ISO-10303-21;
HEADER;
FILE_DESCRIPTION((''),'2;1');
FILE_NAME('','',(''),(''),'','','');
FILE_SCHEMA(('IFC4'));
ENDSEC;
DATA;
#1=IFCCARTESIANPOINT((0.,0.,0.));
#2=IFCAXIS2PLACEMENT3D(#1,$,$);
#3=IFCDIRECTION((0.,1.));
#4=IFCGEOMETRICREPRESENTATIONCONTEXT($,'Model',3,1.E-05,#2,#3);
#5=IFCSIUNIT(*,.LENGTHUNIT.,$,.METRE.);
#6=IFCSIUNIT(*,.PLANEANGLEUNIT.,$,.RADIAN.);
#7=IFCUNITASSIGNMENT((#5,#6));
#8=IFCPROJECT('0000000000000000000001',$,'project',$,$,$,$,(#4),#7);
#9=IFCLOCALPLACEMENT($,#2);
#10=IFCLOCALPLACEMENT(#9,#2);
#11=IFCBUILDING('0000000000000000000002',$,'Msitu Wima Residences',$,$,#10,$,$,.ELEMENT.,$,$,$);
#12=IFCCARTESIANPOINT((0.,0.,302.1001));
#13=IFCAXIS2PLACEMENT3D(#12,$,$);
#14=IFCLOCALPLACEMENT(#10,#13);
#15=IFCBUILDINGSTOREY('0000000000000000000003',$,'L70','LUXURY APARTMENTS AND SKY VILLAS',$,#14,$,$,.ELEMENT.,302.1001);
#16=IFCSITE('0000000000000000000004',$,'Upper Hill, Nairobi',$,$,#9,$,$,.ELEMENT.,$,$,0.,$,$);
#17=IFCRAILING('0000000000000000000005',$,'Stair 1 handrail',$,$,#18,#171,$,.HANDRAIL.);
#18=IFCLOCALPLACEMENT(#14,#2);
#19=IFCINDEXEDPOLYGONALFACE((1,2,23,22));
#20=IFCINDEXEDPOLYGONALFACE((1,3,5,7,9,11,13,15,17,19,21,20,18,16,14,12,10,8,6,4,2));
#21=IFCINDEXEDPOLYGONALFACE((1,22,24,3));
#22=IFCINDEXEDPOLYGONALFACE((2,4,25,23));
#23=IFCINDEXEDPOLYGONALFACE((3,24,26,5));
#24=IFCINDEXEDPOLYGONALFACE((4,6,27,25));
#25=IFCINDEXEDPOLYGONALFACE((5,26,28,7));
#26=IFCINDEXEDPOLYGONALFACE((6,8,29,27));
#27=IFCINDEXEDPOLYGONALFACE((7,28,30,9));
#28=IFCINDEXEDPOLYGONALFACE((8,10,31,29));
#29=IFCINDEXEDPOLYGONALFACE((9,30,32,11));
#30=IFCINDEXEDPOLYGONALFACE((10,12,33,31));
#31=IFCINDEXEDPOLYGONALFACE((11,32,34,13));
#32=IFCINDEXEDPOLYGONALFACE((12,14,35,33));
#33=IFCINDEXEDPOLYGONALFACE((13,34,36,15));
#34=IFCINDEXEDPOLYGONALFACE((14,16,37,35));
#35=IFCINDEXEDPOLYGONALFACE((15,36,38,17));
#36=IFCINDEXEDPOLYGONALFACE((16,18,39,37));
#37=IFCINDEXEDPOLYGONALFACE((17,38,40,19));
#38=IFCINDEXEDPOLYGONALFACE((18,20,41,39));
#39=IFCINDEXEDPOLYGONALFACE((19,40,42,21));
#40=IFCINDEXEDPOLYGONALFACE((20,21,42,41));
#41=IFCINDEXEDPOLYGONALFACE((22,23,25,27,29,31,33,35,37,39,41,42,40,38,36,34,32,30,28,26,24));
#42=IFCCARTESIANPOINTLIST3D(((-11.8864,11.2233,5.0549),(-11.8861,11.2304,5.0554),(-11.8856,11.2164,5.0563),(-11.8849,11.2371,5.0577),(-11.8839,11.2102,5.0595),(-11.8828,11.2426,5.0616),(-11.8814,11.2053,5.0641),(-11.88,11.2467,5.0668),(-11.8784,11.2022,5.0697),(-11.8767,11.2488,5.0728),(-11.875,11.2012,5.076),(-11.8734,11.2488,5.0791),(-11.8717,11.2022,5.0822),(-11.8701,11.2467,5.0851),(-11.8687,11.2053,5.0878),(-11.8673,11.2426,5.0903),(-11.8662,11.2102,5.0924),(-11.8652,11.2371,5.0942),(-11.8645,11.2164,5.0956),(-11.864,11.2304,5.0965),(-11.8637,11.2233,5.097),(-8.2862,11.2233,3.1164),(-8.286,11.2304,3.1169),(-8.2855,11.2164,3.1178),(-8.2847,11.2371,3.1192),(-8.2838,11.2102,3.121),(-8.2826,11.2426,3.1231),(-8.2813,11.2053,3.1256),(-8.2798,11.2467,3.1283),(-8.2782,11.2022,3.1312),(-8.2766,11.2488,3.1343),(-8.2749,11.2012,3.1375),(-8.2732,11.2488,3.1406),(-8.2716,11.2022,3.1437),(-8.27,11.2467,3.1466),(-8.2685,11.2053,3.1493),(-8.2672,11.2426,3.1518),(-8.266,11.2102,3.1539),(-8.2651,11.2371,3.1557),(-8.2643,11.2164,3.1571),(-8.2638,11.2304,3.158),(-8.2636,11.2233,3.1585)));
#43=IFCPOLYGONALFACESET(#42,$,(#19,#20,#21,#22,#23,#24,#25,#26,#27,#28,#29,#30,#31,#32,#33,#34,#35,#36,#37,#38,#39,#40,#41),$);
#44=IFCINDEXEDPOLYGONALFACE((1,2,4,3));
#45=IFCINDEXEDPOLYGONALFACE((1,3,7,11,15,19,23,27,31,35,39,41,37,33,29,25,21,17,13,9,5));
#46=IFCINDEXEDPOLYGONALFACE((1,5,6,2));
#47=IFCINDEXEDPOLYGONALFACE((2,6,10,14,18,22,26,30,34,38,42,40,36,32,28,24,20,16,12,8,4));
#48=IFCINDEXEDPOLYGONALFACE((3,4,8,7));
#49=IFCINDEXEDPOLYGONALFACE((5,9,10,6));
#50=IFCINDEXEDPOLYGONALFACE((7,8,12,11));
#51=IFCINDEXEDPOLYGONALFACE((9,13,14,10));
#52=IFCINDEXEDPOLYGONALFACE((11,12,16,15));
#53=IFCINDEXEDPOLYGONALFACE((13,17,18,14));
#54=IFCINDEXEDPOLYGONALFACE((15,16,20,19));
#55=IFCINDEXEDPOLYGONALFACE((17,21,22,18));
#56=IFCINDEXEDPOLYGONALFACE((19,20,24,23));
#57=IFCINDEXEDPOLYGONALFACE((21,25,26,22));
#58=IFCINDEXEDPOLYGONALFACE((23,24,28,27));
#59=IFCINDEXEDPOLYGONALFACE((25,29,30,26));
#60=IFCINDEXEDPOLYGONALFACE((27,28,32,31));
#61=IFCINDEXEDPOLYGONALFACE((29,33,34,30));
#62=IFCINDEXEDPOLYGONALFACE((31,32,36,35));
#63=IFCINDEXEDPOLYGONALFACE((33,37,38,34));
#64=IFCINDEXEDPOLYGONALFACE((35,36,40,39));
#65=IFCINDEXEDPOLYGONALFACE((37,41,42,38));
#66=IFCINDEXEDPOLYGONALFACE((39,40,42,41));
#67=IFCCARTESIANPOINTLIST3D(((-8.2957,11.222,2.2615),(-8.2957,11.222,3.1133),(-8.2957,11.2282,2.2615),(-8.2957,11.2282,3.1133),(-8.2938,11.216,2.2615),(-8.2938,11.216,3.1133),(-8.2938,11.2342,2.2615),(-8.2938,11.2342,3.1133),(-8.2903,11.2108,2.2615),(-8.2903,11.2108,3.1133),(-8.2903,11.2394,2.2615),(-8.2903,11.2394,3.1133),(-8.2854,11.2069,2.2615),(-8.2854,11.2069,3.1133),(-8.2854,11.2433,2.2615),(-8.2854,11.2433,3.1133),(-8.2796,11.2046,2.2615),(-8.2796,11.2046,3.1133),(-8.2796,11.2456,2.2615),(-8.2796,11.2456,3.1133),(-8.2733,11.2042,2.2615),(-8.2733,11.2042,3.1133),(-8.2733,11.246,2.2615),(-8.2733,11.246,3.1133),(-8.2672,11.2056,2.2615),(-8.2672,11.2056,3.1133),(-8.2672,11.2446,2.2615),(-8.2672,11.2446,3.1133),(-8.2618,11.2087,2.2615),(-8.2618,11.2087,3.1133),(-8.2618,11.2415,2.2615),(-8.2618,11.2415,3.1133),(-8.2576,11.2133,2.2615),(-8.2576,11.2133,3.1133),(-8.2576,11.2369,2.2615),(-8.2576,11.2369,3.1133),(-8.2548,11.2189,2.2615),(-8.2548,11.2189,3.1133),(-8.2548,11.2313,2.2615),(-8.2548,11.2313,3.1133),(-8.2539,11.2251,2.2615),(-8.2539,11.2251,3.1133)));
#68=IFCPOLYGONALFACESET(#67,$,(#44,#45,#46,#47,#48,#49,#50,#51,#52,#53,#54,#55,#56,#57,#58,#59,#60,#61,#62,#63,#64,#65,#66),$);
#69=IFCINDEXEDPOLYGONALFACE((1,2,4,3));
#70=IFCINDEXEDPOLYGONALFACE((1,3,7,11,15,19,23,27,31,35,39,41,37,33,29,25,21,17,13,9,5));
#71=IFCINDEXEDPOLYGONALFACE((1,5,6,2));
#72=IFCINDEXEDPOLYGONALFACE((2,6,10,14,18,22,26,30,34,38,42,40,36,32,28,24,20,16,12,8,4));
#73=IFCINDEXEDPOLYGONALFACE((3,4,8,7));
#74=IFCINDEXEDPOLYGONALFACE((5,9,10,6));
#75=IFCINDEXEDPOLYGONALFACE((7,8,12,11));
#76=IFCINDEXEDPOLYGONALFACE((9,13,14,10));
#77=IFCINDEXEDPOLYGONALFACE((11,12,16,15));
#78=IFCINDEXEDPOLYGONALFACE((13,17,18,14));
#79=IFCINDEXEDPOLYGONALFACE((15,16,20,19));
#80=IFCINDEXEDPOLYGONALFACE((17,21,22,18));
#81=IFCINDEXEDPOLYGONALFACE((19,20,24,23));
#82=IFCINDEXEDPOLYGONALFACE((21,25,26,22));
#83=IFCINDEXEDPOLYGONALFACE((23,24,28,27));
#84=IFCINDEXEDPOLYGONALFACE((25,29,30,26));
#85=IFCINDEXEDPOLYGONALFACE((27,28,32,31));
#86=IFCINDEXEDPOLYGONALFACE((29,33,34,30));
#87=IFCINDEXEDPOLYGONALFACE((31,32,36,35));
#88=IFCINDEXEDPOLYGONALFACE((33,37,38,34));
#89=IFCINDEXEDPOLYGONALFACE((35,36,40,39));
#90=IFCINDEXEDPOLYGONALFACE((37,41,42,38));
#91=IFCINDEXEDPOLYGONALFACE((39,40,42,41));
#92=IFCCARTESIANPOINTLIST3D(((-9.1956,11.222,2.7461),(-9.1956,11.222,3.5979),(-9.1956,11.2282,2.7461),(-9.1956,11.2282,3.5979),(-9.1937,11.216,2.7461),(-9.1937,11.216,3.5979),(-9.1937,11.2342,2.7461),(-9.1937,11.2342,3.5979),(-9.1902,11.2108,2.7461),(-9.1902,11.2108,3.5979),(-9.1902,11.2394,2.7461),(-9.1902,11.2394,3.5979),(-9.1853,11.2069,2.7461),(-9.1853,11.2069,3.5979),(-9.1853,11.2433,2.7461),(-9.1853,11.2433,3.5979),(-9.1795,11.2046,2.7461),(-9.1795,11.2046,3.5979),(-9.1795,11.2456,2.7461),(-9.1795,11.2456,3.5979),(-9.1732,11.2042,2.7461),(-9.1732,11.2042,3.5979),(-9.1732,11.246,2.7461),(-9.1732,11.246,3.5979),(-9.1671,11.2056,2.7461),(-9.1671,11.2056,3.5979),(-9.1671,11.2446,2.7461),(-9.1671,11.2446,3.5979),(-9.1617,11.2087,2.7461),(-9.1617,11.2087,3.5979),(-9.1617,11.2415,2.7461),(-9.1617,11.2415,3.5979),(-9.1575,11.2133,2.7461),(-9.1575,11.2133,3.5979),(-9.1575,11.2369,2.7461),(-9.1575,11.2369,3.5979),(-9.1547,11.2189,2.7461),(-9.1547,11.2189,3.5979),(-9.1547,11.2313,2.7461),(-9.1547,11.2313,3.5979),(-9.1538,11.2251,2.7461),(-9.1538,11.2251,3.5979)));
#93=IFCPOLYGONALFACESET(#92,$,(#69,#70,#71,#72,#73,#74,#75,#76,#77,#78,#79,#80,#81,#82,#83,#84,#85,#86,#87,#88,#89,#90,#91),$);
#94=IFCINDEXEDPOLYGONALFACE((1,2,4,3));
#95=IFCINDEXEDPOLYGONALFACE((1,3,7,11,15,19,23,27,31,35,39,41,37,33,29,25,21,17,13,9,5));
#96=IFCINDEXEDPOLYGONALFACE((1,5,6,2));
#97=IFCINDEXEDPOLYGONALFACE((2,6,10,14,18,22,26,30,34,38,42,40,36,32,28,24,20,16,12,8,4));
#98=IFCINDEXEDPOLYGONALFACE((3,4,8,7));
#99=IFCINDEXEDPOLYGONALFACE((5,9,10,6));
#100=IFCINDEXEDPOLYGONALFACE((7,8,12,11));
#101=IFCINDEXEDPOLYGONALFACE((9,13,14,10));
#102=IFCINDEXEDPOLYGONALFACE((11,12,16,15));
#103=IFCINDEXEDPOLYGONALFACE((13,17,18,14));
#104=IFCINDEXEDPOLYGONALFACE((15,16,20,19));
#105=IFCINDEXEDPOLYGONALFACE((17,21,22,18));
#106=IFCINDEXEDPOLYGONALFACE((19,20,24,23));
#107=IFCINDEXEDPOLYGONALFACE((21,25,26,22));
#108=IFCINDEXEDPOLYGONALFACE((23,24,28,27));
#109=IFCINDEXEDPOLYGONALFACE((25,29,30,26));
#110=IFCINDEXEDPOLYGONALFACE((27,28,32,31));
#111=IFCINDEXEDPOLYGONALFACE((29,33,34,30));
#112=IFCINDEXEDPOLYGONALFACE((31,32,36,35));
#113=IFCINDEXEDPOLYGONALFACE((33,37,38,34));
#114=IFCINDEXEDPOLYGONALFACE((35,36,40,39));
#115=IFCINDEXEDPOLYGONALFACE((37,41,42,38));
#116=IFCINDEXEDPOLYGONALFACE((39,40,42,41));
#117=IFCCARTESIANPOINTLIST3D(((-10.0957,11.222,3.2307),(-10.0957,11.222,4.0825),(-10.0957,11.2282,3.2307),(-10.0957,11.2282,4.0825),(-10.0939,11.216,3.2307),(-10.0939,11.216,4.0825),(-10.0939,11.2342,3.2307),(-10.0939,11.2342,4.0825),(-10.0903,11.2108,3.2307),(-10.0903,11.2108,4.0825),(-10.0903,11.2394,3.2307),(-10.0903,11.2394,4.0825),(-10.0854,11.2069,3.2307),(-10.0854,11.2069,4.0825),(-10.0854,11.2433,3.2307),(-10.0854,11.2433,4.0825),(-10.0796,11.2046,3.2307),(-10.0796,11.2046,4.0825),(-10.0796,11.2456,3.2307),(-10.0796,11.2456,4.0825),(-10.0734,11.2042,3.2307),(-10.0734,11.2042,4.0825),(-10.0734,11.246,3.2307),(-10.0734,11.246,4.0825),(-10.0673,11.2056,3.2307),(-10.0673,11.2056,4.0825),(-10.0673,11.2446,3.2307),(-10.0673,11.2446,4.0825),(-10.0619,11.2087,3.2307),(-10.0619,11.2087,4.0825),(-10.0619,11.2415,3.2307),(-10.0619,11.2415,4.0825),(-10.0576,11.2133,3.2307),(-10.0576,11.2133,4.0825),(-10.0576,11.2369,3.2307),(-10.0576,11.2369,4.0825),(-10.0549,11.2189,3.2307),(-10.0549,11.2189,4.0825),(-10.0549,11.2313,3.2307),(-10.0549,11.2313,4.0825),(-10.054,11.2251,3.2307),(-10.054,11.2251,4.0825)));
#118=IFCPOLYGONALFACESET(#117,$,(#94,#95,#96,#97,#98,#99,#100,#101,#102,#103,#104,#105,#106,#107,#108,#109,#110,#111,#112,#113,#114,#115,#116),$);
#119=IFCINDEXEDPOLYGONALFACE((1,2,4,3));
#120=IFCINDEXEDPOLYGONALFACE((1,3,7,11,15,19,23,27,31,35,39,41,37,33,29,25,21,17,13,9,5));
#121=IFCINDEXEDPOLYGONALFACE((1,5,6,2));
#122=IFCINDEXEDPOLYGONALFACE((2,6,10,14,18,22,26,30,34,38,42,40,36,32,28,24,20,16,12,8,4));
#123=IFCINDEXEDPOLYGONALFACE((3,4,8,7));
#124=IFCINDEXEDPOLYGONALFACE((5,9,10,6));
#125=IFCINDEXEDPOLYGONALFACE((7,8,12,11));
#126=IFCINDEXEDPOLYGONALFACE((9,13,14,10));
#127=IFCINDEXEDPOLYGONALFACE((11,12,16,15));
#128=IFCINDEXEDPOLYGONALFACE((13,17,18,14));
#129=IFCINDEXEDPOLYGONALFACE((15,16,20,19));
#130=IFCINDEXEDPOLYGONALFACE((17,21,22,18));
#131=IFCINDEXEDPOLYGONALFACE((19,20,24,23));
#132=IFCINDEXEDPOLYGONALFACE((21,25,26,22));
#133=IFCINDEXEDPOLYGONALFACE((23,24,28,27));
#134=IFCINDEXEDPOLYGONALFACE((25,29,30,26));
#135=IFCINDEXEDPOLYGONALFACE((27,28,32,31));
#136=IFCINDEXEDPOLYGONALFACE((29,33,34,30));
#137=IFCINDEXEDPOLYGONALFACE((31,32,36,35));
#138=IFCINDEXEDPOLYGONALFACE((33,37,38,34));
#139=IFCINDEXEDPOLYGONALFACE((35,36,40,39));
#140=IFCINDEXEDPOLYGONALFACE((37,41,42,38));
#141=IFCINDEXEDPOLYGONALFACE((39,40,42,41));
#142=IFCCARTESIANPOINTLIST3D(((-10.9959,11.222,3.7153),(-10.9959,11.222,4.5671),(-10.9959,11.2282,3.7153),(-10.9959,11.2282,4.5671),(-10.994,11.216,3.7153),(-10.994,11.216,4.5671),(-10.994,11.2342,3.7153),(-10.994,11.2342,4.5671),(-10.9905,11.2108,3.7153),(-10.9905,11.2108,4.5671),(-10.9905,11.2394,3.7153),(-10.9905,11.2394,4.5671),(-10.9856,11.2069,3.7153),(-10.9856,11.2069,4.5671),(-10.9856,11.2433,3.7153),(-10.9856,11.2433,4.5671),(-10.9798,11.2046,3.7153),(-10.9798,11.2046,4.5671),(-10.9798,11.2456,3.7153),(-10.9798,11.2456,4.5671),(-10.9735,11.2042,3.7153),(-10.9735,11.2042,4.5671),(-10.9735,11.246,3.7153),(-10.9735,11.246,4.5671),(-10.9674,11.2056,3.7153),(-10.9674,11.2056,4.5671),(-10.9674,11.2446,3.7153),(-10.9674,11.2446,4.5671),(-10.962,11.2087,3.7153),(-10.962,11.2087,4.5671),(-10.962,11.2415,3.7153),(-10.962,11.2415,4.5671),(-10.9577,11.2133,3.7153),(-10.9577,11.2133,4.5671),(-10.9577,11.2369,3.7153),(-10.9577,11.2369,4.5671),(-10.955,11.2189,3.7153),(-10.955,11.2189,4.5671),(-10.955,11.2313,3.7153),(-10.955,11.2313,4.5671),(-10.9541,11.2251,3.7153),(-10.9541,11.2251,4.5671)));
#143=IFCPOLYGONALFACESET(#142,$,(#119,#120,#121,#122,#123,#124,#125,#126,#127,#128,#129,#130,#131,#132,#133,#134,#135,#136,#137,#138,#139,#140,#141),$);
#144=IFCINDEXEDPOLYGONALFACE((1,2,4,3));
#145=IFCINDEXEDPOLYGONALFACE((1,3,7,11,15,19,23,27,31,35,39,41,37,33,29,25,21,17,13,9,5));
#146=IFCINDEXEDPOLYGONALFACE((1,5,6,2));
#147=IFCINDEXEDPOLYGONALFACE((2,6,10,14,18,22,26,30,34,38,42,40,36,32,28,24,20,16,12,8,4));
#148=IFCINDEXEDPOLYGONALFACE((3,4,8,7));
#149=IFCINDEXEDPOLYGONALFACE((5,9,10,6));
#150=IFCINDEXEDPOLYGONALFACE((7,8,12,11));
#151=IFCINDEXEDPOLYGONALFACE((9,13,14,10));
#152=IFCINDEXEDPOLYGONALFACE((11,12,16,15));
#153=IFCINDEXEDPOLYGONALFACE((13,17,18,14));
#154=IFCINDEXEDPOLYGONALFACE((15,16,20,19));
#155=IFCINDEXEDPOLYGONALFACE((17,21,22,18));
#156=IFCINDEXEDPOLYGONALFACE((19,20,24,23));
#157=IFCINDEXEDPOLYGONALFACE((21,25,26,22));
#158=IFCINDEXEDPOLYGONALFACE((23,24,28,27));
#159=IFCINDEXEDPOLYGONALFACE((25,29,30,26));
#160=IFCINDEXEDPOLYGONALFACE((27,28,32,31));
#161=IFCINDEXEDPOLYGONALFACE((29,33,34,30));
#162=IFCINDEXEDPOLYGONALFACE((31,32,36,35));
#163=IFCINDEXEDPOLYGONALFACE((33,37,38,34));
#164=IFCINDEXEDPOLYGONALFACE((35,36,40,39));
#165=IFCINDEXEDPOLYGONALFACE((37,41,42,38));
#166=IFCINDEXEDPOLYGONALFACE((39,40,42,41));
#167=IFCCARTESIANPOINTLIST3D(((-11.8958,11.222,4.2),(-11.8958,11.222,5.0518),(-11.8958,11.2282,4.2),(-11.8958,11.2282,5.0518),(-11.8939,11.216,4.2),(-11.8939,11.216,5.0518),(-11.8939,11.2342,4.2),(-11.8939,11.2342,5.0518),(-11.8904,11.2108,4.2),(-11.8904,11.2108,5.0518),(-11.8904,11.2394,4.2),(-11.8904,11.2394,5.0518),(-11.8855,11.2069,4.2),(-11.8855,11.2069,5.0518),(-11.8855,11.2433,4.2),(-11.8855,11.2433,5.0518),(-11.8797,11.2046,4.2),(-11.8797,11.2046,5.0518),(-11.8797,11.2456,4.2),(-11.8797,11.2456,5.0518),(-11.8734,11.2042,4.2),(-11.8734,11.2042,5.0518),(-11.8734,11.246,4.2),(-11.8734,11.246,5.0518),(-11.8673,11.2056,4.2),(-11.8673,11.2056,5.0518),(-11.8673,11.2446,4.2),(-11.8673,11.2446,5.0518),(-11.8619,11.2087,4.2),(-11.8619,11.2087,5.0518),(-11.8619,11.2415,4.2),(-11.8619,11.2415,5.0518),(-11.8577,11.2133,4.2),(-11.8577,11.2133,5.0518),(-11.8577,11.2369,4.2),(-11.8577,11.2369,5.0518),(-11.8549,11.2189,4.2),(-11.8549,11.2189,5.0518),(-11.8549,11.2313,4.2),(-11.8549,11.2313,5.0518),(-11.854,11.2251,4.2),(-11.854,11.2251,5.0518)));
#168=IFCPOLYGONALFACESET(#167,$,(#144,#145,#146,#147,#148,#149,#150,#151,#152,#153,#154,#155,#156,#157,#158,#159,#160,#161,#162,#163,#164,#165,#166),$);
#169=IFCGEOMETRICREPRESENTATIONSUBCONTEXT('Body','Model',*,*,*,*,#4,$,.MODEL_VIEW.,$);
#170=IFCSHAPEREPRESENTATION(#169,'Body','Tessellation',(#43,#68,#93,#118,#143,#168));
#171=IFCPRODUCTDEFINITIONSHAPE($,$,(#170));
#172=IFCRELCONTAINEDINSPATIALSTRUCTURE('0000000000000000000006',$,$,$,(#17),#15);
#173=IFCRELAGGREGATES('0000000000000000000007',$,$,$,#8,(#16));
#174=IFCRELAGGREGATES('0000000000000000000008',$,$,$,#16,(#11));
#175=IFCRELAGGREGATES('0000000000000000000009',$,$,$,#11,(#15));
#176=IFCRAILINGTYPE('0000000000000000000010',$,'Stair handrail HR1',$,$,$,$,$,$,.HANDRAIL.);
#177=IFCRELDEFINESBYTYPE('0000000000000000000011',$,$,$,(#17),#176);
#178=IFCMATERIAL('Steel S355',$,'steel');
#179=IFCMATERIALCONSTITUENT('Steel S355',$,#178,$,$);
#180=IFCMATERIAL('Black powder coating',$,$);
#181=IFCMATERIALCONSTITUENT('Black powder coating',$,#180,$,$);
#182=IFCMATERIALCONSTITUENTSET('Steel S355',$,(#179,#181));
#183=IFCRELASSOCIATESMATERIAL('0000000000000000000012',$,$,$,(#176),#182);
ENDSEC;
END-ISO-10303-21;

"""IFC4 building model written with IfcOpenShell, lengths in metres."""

from ifc_helpers import new_model, si_unit, direction, frame, origin, origin_2d, place, context, subcontext, project, spatial, circle, extrude, material, constituent, constituent_set, type_object, element, save


model = new_model("IFC4")

# Units and contexts
model_context = context("Model", 3, precision=1e-05, world=origin(), true_north=direction((0.0, 1.0)))
body_context = subcontext(model_context, "Body", "Model", "MODEL_VIEW")
ifc_project = project(units=[si_unit("LENGTHUNIT", "METRE"), si_unit("PLANEANGLEUNIT", "RADIAN")], contexts=[model_context])

# Site, building, storey
site_placement = place(None, origin())
site = spatial("IfcSite", under=ifc_project, at=site_placement, Name="Upper Hill, Nairobi", CompositionType="ELEMENT", RefElevation=0.0)
building_placement = place(site_placement, origin())
building = spatial("IfcBuilding", under=site, at=building_placement, Name="Msitu Wima Residences", CompositionType="ELEMENT")
storey_placement = place(building_placement, frame((0.0, 0.0, 302.1001)))
storey = spatial("IfcBuildingStorey", under=building, at=storey_placement, Name="L70", Description="LUXURY APARTMENTS AND SKY VILLAS", CompositionType="ELEMENT", Elevation=302.1001)

# Railing
ifc_material_1 = material(Name="Steel S355", Category="steel")
ifc_constituent_1 = constituent(ifc_material_1, Name="Steel S355")
ifc_material_2 = material(Name="Black powder coating")
ifc_constituent_2 = constituent(ifc_material_2, Name="Black powder coating")
ifc_constituent_set = constituent_set(constituents=[ifc_constituent_1, ifc_constituent_2], Name="Steel S355")
railing_type = type_object("IfcRailingType", Name="Stair handrail HR1", PredefinedType="HANDRAIL", material=ifc_constituent_set)
railing_placement = place(storey_placement, frame((-8.2749, 11.2251, 2.2615)))
element("IfcRailing", 1, at=railing_placement, inside=storey, type_object=railing_type, Name="Stair 1 handrail", PredefinedType="HANDRAIL", context=body_context, shape_type="SweptSolid", body=[
    extrude(circle(Radius=0.0239, at=origin_2d()), frame((0.0, 0.0, 0.876), z_axis=(-0.880475, 0.0, 0.474093), x_axis=(0.0, -1.0, 0.0)), (0.0, 0.0, 1.0), 4.0889),
    extrude(circle(Radius=0.021, at=origin_2d()), origin(), (0.0, 0.0, 1.0), 0.8518),
    extrude(circle(Radius=0.021, at=origin_2d()), frame((-0.8999, 0.0, 0.4846)), (0.0, 0.0, 1.0), 0.8518),
    extrude(circle(Radius=0.021, at=origin_2d()), frame((-1.8, 0.0, 0.9692)), (0.0, 0.0, 1.0), 0.8518),
    extrude(circle(Radius=0.021, at=origin_2d()), frame((-2.7002, 0.0, 1.4539)), (0.0, 0.0, 1.0), 0.8518),
    extrude(circle(Radius=0.021, at=origin_2d()), frame((-3.6001, 0.0, 1.9385)), (0.0, 0.0, 1.0), 0.8518),
])

save(model, "model.ifc")
